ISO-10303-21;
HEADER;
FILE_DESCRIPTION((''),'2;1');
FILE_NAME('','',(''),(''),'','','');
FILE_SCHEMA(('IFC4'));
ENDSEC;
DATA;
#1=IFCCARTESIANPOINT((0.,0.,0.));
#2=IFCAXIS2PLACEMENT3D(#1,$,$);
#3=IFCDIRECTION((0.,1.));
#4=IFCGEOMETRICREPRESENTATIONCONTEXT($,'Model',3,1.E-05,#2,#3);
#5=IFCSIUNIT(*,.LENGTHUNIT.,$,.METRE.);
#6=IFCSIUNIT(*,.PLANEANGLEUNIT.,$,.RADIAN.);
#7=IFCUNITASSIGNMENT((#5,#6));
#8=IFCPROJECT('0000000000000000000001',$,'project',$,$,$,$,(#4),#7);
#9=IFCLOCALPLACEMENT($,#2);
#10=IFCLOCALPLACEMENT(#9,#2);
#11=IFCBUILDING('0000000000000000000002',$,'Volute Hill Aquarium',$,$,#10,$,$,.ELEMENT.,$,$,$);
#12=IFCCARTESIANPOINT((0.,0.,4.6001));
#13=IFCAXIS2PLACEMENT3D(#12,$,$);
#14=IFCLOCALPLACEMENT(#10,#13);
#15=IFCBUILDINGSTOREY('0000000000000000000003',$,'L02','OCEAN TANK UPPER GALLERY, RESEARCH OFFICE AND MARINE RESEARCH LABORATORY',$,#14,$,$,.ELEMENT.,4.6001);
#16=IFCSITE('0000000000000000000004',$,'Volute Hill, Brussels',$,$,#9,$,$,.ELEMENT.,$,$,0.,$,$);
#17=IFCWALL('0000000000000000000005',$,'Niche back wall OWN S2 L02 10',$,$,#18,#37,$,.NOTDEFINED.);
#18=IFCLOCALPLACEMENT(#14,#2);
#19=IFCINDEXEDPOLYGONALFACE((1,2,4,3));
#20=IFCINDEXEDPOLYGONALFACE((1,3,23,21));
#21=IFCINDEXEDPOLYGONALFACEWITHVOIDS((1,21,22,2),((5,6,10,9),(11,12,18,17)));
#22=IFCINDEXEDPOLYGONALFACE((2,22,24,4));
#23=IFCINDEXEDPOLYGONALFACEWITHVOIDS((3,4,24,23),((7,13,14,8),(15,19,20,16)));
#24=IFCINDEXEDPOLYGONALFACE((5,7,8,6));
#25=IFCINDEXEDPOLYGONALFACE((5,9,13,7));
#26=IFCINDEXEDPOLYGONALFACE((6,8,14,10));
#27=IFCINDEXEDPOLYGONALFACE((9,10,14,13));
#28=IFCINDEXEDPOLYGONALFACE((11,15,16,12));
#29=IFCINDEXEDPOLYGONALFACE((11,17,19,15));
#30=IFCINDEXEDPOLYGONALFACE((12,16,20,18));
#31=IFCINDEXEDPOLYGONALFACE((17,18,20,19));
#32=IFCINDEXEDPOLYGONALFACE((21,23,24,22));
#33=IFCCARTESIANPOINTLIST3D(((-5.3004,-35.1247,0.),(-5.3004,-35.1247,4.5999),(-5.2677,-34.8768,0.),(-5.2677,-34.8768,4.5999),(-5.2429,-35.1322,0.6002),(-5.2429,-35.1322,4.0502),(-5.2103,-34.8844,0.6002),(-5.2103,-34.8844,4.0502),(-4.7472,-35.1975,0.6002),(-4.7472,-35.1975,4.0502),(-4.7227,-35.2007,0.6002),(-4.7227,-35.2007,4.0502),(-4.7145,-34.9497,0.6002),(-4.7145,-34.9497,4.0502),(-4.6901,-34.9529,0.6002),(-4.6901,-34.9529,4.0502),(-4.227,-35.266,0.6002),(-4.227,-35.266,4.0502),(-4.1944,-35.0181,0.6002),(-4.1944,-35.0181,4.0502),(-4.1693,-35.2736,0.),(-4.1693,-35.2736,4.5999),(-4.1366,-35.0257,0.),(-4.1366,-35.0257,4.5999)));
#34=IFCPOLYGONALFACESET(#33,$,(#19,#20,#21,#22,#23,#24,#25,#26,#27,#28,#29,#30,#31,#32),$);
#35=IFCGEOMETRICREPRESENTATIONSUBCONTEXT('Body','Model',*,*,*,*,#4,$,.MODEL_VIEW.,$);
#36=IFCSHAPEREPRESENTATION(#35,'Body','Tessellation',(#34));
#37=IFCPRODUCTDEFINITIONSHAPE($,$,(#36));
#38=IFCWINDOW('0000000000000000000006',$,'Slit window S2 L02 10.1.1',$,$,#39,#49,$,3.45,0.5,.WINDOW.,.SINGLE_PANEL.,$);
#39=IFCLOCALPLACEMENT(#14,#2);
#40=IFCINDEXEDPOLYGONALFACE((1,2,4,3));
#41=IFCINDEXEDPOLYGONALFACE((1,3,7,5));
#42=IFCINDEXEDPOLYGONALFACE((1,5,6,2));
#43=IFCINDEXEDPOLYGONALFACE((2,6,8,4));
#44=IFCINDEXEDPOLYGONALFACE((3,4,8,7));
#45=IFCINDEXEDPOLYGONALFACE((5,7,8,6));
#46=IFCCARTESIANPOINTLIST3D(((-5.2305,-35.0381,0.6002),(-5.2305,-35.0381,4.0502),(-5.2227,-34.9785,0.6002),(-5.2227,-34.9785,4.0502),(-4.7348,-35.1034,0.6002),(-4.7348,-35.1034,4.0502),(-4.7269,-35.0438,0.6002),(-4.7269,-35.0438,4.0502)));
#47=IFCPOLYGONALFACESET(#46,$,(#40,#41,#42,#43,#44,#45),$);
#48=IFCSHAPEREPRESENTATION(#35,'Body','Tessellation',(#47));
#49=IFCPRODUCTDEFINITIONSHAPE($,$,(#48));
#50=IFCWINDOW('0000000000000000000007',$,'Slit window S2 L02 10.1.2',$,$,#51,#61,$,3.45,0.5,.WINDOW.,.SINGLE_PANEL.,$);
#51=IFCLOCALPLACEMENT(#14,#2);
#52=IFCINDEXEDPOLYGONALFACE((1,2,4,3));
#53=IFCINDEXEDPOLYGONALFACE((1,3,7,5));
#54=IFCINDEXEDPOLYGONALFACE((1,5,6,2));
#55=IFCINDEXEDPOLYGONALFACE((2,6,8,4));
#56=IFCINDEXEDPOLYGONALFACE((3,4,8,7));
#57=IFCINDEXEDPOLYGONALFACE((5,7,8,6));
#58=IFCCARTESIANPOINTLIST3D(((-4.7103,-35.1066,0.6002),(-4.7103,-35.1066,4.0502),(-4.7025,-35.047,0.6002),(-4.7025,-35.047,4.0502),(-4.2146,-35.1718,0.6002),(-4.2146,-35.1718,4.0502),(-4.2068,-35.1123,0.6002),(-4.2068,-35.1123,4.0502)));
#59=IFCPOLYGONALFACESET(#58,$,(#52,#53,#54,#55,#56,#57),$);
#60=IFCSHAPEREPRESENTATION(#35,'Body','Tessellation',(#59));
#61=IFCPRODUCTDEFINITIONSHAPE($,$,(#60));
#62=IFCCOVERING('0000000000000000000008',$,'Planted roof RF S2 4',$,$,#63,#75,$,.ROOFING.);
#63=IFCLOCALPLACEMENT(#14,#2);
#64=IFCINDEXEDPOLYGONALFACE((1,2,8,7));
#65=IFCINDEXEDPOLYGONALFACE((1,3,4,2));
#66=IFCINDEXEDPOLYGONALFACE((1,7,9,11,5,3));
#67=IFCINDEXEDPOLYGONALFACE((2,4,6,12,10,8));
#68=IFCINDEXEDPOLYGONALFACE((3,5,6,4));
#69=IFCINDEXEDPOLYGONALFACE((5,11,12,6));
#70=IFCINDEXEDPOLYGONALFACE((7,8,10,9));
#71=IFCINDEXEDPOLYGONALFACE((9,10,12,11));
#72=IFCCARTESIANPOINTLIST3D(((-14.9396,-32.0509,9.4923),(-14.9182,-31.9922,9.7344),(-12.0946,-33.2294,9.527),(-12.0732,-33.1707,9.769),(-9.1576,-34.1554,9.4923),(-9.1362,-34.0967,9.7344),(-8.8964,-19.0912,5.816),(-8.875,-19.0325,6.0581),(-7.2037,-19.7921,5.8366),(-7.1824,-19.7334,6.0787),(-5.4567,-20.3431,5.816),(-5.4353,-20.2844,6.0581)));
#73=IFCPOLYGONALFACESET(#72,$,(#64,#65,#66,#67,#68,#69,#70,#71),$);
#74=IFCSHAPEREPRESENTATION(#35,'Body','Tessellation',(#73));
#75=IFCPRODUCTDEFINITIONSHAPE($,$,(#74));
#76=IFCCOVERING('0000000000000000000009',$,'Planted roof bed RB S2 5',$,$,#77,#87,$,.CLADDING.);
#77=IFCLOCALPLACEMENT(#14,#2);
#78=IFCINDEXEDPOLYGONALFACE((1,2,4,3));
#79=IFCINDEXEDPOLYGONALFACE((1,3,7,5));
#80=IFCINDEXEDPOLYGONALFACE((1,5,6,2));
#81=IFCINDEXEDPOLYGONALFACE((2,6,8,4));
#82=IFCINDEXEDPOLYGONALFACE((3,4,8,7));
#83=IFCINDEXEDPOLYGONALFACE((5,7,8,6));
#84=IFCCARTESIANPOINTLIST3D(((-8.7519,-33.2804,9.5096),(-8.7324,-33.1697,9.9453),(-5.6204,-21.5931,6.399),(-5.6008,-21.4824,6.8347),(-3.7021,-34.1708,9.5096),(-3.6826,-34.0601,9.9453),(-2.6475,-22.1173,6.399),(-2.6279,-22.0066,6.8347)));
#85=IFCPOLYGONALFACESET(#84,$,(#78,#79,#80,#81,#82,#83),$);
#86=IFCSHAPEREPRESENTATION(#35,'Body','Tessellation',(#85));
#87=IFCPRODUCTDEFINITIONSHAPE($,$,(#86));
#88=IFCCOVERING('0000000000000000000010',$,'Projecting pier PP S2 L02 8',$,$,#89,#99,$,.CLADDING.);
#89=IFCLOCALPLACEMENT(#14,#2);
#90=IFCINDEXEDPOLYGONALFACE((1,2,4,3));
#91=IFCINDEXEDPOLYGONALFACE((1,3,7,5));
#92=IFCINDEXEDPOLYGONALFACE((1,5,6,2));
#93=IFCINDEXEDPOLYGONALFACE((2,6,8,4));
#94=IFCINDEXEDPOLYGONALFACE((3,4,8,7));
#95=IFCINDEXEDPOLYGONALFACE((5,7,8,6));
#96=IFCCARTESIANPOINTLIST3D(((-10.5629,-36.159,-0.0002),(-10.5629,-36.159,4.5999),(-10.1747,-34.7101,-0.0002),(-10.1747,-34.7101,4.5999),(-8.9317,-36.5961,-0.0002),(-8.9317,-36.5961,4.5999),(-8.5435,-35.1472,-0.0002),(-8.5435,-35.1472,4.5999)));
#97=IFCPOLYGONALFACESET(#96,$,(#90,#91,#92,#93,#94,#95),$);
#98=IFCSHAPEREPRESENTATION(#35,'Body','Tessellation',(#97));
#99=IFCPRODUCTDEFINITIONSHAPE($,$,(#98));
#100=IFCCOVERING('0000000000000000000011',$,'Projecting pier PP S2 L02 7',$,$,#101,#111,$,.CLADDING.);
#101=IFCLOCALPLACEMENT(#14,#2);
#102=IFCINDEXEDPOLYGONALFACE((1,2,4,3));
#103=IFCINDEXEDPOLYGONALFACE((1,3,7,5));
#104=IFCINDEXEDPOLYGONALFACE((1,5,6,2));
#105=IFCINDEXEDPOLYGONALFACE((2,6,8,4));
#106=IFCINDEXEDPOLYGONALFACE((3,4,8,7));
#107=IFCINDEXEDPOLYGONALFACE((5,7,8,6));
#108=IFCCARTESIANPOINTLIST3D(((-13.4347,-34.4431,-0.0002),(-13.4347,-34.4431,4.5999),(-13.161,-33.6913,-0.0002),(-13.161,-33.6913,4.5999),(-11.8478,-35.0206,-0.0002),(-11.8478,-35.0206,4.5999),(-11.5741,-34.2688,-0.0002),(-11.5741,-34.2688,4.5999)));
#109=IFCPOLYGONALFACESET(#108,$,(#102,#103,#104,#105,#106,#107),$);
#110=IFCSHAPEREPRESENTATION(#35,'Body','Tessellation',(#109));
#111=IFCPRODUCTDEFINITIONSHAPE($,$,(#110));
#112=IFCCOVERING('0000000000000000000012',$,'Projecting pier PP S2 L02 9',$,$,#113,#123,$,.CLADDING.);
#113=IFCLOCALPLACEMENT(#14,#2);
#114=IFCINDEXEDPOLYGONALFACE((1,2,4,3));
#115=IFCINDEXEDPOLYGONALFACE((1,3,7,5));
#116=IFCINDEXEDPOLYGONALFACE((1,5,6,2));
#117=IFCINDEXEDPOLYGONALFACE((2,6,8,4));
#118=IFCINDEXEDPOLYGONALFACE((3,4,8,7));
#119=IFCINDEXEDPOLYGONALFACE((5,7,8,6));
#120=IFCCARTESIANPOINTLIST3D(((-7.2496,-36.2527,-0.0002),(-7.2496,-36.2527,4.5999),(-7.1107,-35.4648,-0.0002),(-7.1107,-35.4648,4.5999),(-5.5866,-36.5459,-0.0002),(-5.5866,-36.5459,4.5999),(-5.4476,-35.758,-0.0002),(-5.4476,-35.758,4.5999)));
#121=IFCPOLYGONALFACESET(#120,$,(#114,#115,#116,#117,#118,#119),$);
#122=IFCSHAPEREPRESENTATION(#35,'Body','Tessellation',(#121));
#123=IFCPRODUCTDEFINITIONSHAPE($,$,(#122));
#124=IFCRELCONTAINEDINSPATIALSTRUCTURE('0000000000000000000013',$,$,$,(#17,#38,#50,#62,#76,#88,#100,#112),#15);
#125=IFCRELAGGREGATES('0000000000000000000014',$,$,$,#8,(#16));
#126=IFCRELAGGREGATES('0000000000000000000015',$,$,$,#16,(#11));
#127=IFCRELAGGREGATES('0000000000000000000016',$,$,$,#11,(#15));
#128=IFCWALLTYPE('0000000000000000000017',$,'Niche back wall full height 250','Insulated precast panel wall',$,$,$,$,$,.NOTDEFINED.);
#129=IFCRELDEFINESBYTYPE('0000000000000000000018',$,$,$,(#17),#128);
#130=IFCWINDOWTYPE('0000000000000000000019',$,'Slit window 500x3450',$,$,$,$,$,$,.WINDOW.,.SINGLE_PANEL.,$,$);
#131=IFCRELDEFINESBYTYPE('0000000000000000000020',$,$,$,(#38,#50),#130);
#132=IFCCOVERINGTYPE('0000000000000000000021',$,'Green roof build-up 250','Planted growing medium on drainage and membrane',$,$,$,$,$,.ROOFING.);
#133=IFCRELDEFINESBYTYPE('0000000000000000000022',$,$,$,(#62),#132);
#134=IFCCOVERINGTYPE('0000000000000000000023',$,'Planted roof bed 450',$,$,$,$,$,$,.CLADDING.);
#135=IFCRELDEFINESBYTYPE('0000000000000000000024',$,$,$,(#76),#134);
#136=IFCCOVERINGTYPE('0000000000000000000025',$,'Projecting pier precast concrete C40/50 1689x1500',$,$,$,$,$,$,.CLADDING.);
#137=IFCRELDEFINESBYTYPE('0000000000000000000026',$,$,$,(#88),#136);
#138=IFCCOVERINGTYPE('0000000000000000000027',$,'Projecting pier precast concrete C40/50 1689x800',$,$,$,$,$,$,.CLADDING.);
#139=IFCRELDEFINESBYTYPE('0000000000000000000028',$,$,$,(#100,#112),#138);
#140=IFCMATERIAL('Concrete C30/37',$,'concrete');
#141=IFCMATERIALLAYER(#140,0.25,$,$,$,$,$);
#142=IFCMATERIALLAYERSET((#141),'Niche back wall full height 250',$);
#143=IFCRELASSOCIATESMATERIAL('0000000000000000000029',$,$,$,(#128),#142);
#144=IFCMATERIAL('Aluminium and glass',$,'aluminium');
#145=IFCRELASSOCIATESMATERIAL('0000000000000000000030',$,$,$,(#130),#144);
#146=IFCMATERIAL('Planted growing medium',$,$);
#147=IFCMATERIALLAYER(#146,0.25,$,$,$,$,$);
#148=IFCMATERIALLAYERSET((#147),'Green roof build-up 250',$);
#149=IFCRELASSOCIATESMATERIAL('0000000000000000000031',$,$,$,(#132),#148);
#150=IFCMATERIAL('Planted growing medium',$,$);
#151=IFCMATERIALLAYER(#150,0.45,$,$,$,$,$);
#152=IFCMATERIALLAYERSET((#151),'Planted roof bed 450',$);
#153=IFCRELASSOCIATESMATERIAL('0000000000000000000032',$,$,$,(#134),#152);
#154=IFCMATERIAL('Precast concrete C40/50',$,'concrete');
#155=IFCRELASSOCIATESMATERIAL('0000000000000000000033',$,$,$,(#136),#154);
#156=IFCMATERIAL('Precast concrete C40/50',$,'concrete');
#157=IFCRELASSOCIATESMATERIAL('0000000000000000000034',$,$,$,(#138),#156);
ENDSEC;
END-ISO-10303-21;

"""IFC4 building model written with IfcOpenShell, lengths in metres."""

from ifc_helpers import new_model, si_unit, direction, frame, frame_2d, origin, origin_2d, place, context, subcontext, project, spatial, polyline, rectangle, outline, extrude, material, layer, layer_set, type_object, element, fill, save


model = new_model("IFC4")

# Units and contexts
model_context = context("Model", 3, precision=1e-05, world=origin(), true_north=direction((0.0, 1.0)))
body_context = subcontext(model_context, "Body", "Model", "MODEL_VIEW")
ifc_project = project(units=[si_unit("LENGTHUNIT", "METRE"), si_unit("PLANEANGLEUNIT", "RADIAN")], contexts=[model_context])

# Site, building, storey
site_placement = place(None, origin())
site = spatial("IfcSite", under=ifc_project, at=site_placement, Name="Volute Hill, Brussels", CompositionType="ELEMENT", RefElevation=0.0)
building_placement = place(site_placement, origin())
building = spatial("IfcBuilding", under=site, at=building_placement, Name="Volute Hill Aquarium", CompositionType="ELEMENT")
storey_placement = place(building_placement, frame((0.0, 0.0, 4.6001)))
storey = spatial("IfcBuildingStorey", under=building, at=storey_placement, Name="L02", Description="OCEAN TANK UPPER GALLERY, RESEARCH OFFICE AND MARINE RESEARCH LABORATORY", CompositionType="ELEMENT", Elevation=4.6001)

# Wall, openings, windows
ifc_material_1 = material(Name="Concrete C30/37", Category="concrete")
ifc_layer_1 = layer(ifc_material_1, 0.25)
ifc_layer_set_1 = layer_set([ifc_layer_1], Name="Niche back wall full height 250")
wall_type = type_object("IfcWallType", Name="Niche back wall full height 250", Description="Insulated precast panel wall", PredefinedType="NOTDEFINED", material=ifc_layer_set_1)
ifc_material_2 = material(Name="Aluminium and glass", Category="aluminium")
window_type = type_object("IfcWindowType", Name="Slit window 500x3450", PartitioningType="SINGLE_PANEL", PredefinedType="WINDOW", material=ifc_material_2)
wall_1_placement = place(storey_placement, frame((-4.1531, -35.1497, 0.0), z_axis=(0.0, 0.0, 1.0), x_axis=(-0.991443, 0.130538, 0.0)))
wall_1 = element("IfcWall", 1, at=wall_1_placement, inside=storey, type_object=wall_type, Name="Niche back wall OWN S2 L02 10", PredefinedType="NOTDEFINED", context=body_context, shape_type="SweptSolid", body=[
    extrude(rectangle(XDim=1.1409, YDim=0.25, at=frame_2d((0.5703, 0.0))), origin(), (0.0, 0.0, 1.0), 4.5999),
])
opening_1_placement = place(wall_1_placement, frame((0.5828, 0.0, 0.6001)))
opening_1 = element("IfcOpeningElement", 2, at=opening_1_placement, cuts=wall_1, PredefinedType="OPENING", context=body_context, shape_type="SweptSolid", body=[
    extrude(rectangle(XDim=0.5, YDim=3.45, at=frame_2d((0.25, 1.7251))), frame((0.0, 0.135, 0.0), z_axis=(0.0, -1.0, 0.0), x_axis=(1.0, 0.0, 0.0)), (0.0, 0.0, 1.0), 0.27),
])
opening_2_placement = place(wall_1_placement, frame((0.0581, 0.0, 0.6001)))
opening_2 = element("IfcOpeningElement", 3, at=opening_2_placement, cuts=wall_1, PredefinedType="OPENING", context=body_context, shape_type="SweptSolid", body=[
    extrude(rectangle(XDim=0.5, YDim=3.45, at=frame_2d((0.25, 1.7251))), frame((0.0, 0.135, 0.0), z_axis=(0.0, -1.0, 0.0), x_axis=(1.0, 0.0, 0.0)), (0.0, 0.0, 1.0), 0.27),
])
window_1_placement = place(opening_1_placement, origin())
window_1 = element("IfcWindow", 4, at=window_1_placement, inside=storey, type_object=window_type, Name="Slit window S2 L02 10.1.1", OverallHeight=3.45, OverallWidth=0.5, PartitioningType="SINGLE_PANEL", PredefinedType="WINDOW", context=body_context, shape_type="SweptSolid", body=[
    extrude(rectangle(XDim=0.5, YDim=3.45, at=frame_2d((0.25, 1.7251))), frame((0.0, 0.03, 0.0), z_axis=(0.0, -1.0, 0.0), x_axis=(1.0, 0.0, 0.0)), (0.0, 0.0, 1.0), 0.0601),
])
fill(opening_1, window_1)
window_2_placement = place(opening_2_placement, origin())
window_2 = element("IfcWindow", 5, at=window_2_placement, inside=storey, type_object=window_type, Name="Slit window S2 L02 10.1.2", OverallHeight=3.45, OverallWidth=0.5, PartitioningType="SINGLE_PANEL", PredefinedType="WINDOW", context=body_context, shape_type="SweptSolid", body=[
    extrude(rectangle(XDim=0.5, YDim=3.45, at=frame_2d((0.25, 1.7251))), frame((0.0, 0.03, 0.0), z_axis=(0.0, -1.0, 0.0), x_axis=(1.0, 0.0, 0.0)), (0.0, 0.0, 1.0), 0.0601),
])
fill(opening_2, window_2)

# Coverings
ifc_material_3 = material(Name="Planted growing medium")
ifc_layer_2 = layer(ifc_material_3, 0.25)
ifc_layer_set_2 = layer_set([ifc_layer_2], Name="Green roof build-up 250")
covering_type_1 = type_object("IfcCoveringType", Name="Green roof build-up 250", Description="Planted growing medium on drainage and membrane", PredefinedType="ROOFING", material=ifc_layer_set_2)
covering_1_placement = place(storey_placement, frame((-14.9182, -31.9922, 9.7344), z_axis=(0.085467, 0.234817, 0.968275), x_axis=(0.923816, -0.38267, 0.011259)))
element("IfcCovering", 6, at=covering_1_placement, inside=storey, type_object=covering_type_1, Name="Planted roof RF S2 4", PredefinedType="ROOFING", context=body_context, shape_type="SweptSolid", body=[
    extrude(outline(polyline([(0.0, 0.0), (3.0796, 0.0), (6.1468, 0.2772), (4.2389, 14.9179), (2.4143, 14.7532), (0.5821, 14.753), (0.0, 0.0)])), origin(), (0.0, 0.0, -1.0), 0.25),
])
ifc_material_4 = material(Name="Planted growing medium")
ifc_layer_3 = layer(ifc_material_4, 0.45)
ifc_layer_set_3 = layer_set([ifc_layer_3], Name="Planted roof bed 450")
covering_type_2 = type_object("IfcCoveringType", Name="Planted roof bed 450", PredefinedType="CLADDING", material=ifc_layer_set_3)
covering_2_placement = place(storey_placement, frame((-8.7324, -33.1697, 9.9453), z_axis=(0.043389, 0.246083, 0.968277), x_axis=(0.984809, -0.173641, 0.0)))
element("IfcCovering", 7, at=covering_2_placement, inside=storey, type_object=covering_type_2, Name="Planted roof bed RB S2 5", PredefinedType="CLADDING", context=body_context, shape_type="SweptSolid", body=[
    extrude(outline(polyline([(0.0, 0.0), (5.1277, 0.0), (4.0734, 12.4484), (1.0546, 12.4484), (0.0, 0.0)])), origin(), (0.0, 0.0, -1.0), 0.45),
])
ifc_material_5 = material(Name="Precast concrete C40/50", Category="concrete")
covering_type_3 = type_object("IfcCoveringType", Name="Projecting pier precast concrete C40/50 1689x1500", PredefinedType="CLADDING", material=ifc_material_5)
covering_3_placement = place(storey_placement, frame((-9.5532, -35.6531, -0.0002), z_axis=(0.0, 0.0, 1.0), x_axis=(0.965926, -0.258819, 0.0)))
element("IfcCovering", 8, at=covering_3_placement, inside=storey, type_object=covering_type_3, Name="Projecting pier PP S2 L02 8", PredefinedType="CLADDING", context=body_context, shape_type="SweptSolid", body=[
    extrude(rectangle(XDim=1.6887, YDim=1.5, at=origin_2d()), origin(), (0.0, 0.0, 1.0), 4.6001),
])
ifc_material_6 = material(Name="Precast concrete C40/50", Category="concrete")
covering_type_4 = type_object("IfcCoveringType", Name="Projecting pier precast concrete C40/50 1689x800", PredefinedType="CLADDING", material=ifc_material_6)
for number, where, z_axis, x_axis, name in (
    (9, (-12.5044, -34.356, -0.0002), (0.0, 0.0, 1.0), (0.939693, -0.34202, 0.0), "Projecting pier PP S2 L02 7"),
    (10, (-6.3486, -36.0054, -0.0002), (0.0, 0.0, 1.0), (0.984808, -0.173648, 0.0), "Projecting pier PP S2 L02 9"),
):
    element("IfcCovering", number, at=place(storey_placement, frame(where, z_axis=z_axis, x_axis=x_axis)), inside=storey, type_object=covering_type_4, Name=name, PredefinedType="CLADDING", context=body_context, shape_type="SweptSolid", body=[
        extrude(rectangle(XDim=1.6887, YDim=0.8, at=origin_2d()), origin(), (0.0, 0.0, 1.0), 4.6001),
    ])

save(model, "model.ifc")
